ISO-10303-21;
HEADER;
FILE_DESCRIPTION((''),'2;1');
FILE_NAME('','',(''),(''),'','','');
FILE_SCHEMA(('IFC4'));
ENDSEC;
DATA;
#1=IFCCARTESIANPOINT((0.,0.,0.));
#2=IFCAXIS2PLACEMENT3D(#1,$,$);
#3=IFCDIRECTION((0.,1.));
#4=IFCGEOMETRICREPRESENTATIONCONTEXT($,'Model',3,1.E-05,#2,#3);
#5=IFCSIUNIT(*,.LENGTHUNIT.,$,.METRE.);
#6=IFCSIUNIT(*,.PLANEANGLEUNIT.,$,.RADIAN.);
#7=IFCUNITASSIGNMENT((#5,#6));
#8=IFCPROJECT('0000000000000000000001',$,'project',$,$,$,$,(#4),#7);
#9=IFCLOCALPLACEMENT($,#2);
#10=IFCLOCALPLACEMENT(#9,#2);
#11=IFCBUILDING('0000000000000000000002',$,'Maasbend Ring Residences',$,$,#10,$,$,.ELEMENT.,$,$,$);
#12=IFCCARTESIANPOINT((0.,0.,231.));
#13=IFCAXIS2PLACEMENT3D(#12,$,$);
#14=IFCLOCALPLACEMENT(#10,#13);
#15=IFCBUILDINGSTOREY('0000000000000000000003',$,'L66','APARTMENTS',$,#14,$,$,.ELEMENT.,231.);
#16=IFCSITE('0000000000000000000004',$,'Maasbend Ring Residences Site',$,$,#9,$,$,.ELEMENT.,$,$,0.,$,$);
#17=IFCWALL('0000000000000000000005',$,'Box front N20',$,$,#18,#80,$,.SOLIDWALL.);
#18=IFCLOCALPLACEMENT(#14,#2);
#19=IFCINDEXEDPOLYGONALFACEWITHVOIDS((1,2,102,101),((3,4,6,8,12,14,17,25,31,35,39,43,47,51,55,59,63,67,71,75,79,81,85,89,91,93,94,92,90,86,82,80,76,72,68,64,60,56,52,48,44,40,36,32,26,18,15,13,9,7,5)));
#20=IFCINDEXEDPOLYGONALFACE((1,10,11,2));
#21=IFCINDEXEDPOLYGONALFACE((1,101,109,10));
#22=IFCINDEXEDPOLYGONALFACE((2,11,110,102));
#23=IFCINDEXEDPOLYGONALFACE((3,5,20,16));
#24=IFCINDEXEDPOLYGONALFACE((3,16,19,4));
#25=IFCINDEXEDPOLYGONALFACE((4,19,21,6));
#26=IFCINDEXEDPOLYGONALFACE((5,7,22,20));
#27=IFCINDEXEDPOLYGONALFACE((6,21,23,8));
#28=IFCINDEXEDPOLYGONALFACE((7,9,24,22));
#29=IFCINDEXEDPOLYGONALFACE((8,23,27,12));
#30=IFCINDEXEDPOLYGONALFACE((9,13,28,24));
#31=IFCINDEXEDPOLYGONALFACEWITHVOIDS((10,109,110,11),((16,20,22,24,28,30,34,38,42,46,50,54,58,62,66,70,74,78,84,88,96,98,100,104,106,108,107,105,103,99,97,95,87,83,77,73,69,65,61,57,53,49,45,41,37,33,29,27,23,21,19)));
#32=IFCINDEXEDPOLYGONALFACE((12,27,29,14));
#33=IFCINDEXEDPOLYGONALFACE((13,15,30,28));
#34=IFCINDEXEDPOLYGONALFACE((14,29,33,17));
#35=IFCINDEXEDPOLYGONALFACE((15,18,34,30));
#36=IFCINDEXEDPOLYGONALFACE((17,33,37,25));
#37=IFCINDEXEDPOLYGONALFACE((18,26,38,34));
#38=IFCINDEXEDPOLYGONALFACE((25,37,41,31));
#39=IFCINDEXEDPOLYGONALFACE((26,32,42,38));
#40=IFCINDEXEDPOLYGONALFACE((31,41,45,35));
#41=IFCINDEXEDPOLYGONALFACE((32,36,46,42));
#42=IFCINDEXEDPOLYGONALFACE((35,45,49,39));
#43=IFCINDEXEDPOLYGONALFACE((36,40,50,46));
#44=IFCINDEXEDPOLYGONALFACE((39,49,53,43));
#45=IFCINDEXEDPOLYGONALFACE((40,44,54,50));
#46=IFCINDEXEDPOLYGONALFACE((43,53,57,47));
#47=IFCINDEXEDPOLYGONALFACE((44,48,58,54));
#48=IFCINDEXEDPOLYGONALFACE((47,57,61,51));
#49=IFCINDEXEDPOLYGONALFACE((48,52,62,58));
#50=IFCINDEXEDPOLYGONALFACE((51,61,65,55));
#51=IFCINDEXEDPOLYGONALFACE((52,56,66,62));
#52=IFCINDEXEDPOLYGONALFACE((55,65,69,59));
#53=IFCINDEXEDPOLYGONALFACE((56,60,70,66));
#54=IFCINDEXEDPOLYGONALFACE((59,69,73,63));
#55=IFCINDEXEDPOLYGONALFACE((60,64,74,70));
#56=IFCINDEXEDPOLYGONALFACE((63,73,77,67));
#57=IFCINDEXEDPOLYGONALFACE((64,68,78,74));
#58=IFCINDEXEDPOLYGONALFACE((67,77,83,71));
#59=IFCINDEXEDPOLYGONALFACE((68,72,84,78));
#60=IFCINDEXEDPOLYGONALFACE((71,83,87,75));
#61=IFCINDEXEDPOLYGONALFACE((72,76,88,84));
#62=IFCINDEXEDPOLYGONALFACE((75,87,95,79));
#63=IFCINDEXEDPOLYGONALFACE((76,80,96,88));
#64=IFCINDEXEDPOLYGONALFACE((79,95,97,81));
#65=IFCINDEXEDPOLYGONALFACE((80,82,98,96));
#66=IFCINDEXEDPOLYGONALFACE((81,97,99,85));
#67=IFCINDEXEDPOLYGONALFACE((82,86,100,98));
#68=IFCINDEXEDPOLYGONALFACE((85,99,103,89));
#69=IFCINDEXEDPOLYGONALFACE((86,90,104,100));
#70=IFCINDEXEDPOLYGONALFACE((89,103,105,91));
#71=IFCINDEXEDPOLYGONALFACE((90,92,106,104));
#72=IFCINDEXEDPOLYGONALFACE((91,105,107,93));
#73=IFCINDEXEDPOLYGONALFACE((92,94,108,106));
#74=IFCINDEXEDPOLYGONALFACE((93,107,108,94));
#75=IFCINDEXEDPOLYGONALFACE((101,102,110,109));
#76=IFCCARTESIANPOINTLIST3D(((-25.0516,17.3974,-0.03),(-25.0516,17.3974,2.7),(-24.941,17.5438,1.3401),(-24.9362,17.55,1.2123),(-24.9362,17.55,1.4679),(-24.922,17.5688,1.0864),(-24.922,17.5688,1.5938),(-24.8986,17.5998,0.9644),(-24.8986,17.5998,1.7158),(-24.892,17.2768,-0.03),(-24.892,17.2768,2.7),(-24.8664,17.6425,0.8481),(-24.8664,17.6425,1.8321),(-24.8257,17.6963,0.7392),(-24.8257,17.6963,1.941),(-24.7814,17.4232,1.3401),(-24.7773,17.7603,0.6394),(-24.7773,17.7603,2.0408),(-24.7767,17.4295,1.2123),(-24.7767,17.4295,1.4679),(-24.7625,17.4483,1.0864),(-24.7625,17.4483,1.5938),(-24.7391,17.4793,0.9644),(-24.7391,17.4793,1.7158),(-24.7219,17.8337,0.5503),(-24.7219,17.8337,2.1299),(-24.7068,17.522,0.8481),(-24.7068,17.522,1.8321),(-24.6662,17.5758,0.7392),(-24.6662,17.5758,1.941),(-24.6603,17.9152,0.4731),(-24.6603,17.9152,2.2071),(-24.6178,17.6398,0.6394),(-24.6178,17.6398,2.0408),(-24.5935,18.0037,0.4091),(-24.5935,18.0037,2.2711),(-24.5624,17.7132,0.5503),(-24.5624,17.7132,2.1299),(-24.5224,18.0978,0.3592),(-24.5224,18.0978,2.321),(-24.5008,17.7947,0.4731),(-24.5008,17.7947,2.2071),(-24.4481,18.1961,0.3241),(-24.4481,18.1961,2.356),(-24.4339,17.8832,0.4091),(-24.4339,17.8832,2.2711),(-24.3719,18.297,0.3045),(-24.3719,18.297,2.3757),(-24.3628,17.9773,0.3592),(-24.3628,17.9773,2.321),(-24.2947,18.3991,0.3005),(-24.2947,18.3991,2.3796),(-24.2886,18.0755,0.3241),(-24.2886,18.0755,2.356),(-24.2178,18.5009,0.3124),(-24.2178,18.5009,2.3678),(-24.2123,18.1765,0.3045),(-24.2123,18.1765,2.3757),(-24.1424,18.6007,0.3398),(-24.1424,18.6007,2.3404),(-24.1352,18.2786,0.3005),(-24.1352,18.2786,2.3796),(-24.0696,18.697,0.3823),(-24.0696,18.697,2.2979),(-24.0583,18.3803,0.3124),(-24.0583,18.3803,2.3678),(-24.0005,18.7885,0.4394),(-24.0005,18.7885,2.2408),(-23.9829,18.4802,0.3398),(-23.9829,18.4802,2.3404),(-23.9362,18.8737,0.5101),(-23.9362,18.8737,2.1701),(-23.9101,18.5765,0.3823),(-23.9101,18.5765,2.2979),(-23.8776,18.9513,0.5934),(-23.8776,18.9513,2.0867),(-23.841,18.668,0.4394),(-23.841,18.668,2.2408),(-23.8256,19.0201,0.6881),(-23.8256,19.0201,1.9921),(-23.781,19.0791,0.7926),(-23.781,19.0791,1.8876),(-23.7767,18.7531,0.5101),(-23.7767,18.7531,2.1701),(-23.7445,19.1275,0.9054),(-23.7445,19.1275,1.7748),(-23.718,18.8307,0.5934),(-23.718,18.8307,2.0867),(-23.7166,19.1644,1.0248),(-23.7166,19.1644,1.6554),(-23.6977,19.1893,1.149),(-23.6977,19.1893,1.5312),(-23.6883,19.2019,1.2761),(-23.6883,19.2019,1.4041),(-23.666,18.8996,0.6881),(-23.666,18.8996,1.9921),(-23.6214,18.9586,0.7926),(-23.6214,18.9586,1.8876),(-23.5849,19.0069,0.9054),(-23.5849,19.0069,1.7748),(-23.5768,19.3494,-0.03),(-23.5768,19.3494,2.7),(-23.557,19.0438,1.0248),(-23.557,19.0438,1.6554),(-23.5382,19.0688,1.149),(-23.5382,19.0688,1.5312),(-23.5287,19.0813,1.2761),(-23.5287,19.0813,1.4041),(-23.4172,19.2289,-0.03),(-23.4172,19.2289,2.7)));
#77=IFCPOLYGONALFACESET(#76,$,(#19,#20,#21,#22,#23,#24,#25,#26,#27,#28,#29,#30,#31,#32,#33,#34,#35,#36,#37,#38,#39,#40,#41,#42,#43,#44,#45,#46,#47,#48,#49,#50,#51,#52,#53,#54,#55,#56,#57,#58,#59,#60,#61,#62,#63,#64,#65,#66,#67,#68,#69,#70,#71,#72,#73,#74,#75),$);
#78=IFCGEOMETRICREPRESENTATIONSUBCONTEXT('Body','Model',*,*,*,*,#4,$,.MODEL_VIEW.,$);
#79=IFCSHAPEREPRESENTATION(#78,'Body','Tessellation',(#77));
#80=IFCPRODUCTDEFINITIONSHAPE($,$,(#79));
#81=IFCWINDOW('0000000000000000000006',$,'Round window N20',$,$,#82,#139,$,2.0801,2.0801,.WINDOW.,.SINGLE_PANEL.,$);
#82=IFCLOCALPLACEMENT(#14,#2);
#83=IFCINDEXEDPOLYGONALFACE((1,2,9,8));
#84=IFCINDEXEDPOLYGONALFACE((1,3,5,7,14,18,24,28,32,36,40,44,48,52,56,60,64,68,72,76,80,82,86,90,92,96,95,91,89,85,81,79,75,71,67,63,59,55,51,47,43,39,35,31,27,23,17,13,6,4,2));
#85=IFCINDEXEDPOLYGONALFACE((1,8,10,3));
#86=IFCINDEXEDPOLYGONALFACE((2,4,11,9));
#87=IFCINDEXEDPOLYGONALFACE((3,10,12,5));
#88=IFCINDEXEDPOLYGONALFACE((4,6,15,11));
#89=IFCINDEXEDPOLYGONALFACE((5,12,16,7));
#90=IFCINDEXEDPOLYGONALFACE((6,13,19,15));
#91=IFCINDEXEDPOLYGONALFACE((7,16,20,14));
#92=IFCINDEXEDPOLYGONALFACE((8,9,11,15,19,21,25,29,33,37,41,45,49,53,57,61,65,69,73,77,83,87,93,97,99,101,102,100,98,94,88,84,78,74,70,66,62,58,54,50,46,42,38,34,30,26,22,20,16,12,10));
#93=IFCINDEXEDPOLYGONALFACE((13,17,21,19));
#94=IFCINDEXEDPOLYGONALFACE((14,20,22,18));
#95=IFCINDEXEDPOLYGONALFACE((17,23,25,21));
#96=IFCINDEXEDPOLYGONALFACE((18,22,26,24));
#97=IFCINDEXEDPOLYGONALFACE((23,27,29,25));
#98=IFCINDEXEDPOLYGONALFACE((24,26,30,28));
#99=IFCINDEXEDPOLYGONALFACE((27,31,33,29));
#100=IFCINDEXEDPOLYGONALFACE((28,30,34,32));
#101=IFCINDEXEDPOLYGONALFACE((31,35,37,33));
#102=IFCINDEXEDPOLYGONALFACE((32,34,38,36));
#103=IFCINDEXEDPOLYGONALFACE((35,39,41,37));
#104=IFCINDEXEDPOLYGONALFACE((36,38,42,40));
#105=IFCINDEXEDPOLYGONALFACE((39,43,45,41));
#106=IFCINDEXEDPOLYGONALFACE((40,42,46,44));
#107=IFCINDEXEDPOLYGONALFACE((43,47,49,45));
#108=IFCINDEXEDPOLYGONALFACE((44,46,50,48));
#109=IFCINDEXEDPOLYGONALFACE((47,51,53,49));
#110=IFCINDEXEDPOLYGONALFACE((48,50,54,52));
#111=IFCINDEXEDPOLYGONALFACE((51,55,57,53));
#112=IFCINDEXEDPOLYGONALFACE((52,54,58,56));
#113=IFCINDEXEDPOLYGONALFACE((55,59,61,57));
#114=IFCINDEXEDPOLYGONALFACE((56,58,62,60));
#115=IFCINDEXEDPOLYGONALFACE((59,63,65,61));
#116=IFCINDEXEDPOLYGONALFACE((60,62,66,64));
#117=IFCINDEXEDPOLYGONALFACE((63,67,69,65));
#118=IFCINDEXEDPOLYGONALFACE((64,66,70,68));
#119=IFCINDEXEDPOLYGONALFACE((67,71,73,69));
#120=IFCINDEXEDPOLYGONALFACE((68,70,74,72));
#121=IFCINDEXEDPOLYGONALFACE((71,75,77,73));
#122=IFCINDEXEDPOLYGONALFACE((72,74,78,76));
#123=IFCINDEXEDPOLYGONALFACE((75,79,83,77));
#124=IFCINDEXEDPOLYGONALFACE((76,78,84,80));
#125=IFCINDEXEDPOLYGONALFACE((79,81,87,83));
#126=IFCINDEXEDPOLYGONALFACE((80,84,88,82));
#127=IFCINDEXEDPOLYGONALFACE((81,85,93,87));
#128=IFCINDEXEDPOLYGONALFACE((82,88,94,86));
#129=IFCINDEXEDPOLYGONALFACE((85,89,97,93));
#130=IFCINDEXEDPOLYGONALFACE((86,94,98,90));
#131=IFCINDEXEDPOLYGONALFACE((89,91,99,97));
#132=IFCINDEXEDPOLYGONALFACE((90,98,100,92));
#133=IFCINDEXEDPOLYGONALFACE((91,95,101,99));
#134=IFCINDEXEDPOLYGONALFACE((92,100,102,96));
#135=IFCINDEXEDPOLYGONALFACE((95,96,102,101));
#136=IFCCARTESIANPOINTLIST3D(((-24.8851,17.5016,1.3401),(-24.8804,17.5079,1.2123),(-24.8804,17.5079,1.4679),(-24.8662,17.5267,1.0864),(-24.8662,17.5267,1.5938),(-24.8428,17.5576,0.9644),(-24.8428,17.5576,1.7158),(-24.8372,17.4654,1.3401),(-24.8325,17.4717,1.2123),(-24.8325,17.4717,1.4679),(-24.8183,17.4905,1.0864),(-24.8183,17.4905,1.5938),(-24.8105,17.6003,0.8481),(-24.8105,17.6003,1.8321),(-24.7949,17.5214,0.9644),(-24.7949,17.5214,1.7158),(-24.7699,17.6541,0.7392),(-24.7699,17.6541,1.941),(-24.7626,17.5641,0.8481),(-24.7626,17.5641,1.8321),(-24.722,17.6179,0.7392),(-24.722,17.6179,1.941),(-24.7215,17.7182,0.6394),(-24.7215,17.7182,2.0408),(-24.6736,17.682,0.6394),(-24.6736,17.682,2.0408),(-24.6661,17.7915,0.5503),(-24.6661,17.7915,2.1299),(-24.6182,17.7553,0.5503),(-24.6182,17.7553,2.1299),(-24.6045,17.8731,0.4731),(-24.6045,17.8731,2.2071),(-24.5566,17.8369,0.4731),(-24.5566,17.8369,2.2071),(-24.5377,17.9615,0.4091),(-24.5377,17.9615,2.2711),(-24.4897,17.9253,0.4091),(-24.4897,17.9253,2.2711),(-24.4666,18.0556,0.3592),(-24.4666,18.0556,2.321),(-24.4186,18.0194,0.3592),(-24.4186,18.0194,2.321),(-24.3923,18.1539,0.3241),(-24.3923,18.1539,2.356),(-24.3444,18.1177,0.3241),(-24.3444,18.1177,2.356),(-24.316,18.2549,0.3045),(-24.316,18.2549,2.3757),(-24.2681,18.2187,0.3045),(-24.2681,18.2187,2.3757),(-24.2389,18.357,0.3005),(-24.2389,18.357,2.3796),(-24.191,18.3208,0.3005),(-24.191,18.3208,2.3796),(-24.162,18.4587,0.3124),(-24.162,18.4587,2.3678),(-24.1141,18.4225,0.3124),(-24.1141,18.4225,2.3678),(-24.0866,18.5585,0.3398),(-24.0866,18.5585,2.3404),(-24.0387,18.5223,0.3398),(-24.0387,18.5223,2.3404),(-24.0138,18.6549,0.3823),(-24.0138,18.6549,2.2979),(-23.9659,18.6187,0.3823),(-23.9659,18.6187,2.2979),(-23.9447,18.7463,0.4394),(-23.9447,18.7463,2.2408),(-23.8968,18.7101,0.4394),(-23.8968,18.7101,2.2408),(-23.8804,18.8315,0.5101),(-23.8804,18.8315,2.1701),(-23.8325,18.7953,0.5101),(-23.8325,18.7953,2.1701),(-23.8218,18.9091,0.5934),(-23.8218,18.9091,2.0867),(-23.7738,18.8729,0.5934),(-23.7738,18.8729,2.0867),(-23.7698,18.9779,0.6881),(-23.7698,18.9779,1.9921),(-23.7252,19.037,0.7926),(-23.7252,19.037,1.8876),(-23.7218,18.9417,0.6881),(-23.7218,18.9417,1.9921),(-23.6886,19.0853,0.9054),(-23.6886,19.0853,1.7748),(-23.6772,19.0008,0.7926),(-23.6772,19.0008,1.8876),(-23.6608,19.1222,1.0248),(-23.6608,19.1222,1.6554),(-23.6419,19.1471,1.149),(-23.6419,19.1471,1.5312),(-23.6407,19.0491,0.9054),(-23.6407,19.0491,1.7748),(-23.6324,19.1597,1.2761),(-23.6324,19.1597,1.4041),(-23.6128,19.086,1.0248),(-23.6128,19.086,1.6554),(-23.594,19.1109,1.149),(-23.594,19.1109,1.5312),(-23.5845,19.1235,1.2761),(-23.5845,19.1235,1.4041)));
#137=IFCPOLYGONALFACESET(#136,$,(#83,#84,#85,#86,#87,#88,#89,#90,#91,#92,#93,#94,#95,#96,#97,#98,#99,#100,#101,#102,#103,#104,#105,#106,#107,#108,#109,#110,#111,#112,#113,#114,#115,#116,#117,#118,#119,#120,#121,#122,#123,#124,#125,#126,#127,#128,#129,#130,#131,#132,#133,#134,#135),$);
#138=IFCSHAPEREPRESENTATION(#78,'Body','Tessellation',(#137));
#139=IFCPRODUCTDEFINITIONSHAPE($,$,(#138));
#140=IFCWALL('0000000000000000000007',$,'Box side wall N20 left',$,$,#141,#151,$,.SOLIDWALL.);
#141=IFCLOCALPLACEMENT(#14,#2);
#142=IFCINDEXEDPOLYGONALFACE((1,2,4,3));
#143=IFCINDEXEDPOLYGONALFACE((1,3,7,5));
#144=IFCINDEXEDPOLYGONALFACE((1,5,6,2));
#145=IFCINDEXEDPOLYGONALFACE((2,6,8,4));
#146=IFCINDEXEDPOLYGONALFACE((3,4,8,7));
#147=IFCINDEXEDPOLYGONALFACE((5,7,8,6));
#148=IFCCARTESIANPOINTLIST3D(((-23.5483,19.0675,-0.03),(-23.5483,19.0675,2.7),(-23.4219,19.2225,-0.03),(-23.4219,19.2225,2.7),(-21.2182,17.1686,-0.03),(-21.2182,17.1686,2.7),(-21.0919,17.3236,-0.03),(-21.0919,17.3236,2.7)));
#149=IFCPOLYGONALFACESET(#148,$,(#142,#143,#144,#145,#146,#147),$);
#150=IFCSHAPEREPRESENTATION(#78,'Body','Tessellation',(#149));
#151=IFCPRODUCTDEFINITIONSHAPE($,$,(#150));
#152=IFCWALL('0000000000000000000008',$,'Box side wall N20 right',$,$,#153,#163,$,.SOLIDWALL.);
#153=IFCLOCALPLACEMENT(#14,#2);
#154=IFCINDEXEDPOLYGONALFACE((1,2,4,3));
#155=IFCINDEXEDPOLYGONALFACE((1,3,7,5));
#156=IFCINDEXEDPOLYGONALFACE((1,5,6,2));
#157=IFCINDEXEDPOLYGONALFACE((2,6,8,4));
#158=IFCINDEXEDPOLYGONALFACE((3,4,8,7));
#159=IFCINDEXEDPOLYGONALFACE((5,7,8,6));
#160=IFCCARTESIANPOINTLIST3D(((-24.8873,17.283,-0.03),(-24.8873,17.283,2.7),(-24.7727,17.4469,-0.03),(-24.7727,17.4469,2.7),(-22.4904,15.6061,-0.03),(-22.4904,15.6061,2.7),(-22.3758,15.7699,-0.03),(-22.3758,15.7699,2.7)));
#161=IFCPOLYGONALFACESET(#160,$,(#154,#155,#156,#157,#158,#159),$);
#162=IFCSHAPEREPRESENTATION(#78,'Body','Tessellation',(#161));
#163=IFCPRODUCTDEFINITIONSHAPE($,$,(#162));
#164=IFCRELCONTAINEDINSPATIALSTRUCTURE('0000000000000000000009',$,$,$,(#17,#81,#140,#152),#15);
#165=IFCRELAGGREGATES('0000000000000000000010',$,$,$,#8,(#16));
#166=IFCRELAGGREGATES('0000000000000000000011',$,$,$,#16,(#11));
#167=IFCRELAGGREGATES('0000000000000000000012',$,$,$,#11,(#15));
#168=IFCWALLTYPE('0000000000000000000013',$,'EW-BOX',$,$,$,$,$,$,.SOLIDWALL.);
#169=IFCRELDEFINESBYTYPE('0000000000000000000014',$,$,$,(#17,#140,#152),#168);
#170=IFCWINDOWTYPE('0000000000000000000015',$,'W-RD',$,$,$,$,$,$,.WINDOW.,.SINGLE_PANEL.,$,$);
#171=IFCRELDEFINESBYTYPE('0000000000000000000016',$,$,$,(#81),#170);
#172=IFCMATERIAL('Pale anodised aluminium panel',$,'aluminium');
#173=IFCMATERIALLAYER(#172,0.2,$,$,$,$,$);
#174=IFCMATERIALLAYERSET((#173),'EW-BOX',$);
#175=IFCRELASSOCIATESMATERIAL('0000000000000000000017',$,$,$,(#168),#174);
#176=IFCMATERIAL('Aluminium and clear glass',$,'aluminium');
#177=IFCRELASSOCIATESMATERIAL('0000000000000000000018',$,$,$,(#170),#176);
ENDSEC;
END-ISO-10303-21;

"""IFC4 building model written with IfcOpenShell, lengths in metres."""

from ifc_helpers import new_model, si_unit, direction, frame, frame_2d, origin, place, context, subcontext, project, spatial, rectangle, circle, extrude, material, layer, layer_set, type_object, element, fill, save


model = new_model("IFC4")

# Units and contexts
model_context = context("Model", 3, precision=1e-05, world=origin(), true_north=direction((0.0, 1.0)))
body_context = subcontext(model_context, "Body", "Model", "MODEL_VIEW")
ifc_project = project(units=[si_unit("LENGTHUNIT", "METRE"), si_unit("PLANEANGLEUNIT", "RADIAN")], contexts=[model_context])

# Site, building, storey
site_placement = place(None, origin())
site = spatial("IfcSite", under=ifc_project, at=site_placement, Name="Maasbend Ring Residences Site", CompositionType="ELEMENT", RefElevation=0.0)
building_placement = place(site_placement, origin())
building = spatial("IfcBuilding", under=site, at=building_placement, Name="Maasbend Ring Residences", CompositionType="ELEMENT")
storey_placement = place(building_placement, frame((0.0, 0.0, 231.0)))
storey = spatial("IfcBuildingStorey", under=building, at=storey_placement, Name="L66", Description="APARTMENTS", CompositionType="ELEMENT", Elevation=231.0)

# Wall, opening, window
ifc_material_1 = material(Name="Pale anodised aluminium panel", Category="aluminium")
ifc_layer_1 = layer(ifc_material_1, 0.2)
ifc_layer_set_1 = layer_set([ifc_layer_1], Name="EW-BOX")
wall_type_1 = type_object("IfcWallType", Name="EW-BOX", PredefinedType="SOLIDWALL", material=ifc_layer_set_1)
wall_1_placement = place(storey_placement, frame((-23.4971, 19.2891, -0.03), z_axis=(0.0, 0.0, 1.0), x_axis=(-0.602806, -0.797888, 0.0)))
wall_1 = element("IfcWall", 1, at=wall_1_placement, inside=storey, type_object=wall_type_1, Name="Box front N20", PredefinedType="SOLIDWALL", context=body_context, shape_type="SweptSolid", body=[
    extrude(rectangle(XDim=2.4465, YDim=0.2, at=frame_2d((1.2231, 0.0))), origin(), (0.0, 0.0, 1.0), 2.73),
])
opening_1_placement = place(wall_1_placement, frame((0.1829, 0.0, 0.3301)))
opening_1 = element("IfcOpeningElement", 2, at=opening_1_placement, cuts=wall_1, PredefinedType="OPENING", context=body_context, shape_type="SweptSolid", body=[
    extrude(circle(Radius=1.04, at=frame_2d((1.04, 1.04))), frame((0.0, 0.1099, 0.0), z_axis=(0.0, -1.0, 0.0), x_axis=(1.0, 0.0, 0.0)), (0.0, 0.0, 1.0), 0.22),
])
ifc_material_2 = material(Name="Aluminium and clear glass", Category="aluminium")
window_type_1 = type_object("IfcWindowType", Name="W-RD", PartitioningType="SINGLE_PANEL", PredefinedType="WINDOW", material=ifc_material_2)
window_1_placement = place(opening_1_placement, origin())
window_1 = element("IfcWindow", 3, at=window_1_placement, inside=storey, type_object=window_type_1, Name="Round window N20", OverallHeight=2.0801, OverallWidth=2.0801, PartitioningType="SINGLE_PANEL", PredefinedType="WINDOW", context=body_context, shape_type="SweptSolid", body=[
    extrude(circle(Radius=1.04, at=frame_2d((1.04, 1.04))), frame((0.0, 0.03, 0.0), z_axis=(0.0, -1.0, 0.0), x_axis=(1.0, 0.0, 0.0)), (0.0, 0.0, 1.0), 0.0601),
])
fill(opening_1, window_1)

# Walls
wall_2_placement = place(storey_placement, frame((-21.155, 17.2461, -0.03), z_axis=(0.0, 0.0, 1.0), x_axis=(-0.775179, 0.631742, 0.0)))
element("IfcWall", 4, at=wall_2_placement, inside=storey, type_object=wall_type_1, Name="Box side wall N20 left", PredefinedType="SOLIDWALL", context=body_context, shape_type="SweptSolid", body=[
    extrude(rectangle(XDim=3.0059, YDim=0.2, at=frame_2d((1.5029, 0.0))), origin(), (0.0, 0.0, 1.0), 2.73),
])
wall_3_placement = place(storey_placement, frame((-22.4331, 15.688, -0.03), z_axis=(0.0, 0.0, 1.0), x_axis=(-0.819373, 0.573261, 0.0)))
element("IfcWall", 5, at=wall_3_placement, inside=storey, type_object=wall_type_1, Name="Box side wall N20 right", PredefinedType="SOLIDWALL", context=body_context, shape_type="SweptSolid", body=[
    extrude(rectangle(XDim=2.9253, YDim=0.2, at=frame_2d((1.4626, 0.0))), origin(), (0.0, 0.0, 1.0), 2.73),
])

save(model, "model.ifc")
